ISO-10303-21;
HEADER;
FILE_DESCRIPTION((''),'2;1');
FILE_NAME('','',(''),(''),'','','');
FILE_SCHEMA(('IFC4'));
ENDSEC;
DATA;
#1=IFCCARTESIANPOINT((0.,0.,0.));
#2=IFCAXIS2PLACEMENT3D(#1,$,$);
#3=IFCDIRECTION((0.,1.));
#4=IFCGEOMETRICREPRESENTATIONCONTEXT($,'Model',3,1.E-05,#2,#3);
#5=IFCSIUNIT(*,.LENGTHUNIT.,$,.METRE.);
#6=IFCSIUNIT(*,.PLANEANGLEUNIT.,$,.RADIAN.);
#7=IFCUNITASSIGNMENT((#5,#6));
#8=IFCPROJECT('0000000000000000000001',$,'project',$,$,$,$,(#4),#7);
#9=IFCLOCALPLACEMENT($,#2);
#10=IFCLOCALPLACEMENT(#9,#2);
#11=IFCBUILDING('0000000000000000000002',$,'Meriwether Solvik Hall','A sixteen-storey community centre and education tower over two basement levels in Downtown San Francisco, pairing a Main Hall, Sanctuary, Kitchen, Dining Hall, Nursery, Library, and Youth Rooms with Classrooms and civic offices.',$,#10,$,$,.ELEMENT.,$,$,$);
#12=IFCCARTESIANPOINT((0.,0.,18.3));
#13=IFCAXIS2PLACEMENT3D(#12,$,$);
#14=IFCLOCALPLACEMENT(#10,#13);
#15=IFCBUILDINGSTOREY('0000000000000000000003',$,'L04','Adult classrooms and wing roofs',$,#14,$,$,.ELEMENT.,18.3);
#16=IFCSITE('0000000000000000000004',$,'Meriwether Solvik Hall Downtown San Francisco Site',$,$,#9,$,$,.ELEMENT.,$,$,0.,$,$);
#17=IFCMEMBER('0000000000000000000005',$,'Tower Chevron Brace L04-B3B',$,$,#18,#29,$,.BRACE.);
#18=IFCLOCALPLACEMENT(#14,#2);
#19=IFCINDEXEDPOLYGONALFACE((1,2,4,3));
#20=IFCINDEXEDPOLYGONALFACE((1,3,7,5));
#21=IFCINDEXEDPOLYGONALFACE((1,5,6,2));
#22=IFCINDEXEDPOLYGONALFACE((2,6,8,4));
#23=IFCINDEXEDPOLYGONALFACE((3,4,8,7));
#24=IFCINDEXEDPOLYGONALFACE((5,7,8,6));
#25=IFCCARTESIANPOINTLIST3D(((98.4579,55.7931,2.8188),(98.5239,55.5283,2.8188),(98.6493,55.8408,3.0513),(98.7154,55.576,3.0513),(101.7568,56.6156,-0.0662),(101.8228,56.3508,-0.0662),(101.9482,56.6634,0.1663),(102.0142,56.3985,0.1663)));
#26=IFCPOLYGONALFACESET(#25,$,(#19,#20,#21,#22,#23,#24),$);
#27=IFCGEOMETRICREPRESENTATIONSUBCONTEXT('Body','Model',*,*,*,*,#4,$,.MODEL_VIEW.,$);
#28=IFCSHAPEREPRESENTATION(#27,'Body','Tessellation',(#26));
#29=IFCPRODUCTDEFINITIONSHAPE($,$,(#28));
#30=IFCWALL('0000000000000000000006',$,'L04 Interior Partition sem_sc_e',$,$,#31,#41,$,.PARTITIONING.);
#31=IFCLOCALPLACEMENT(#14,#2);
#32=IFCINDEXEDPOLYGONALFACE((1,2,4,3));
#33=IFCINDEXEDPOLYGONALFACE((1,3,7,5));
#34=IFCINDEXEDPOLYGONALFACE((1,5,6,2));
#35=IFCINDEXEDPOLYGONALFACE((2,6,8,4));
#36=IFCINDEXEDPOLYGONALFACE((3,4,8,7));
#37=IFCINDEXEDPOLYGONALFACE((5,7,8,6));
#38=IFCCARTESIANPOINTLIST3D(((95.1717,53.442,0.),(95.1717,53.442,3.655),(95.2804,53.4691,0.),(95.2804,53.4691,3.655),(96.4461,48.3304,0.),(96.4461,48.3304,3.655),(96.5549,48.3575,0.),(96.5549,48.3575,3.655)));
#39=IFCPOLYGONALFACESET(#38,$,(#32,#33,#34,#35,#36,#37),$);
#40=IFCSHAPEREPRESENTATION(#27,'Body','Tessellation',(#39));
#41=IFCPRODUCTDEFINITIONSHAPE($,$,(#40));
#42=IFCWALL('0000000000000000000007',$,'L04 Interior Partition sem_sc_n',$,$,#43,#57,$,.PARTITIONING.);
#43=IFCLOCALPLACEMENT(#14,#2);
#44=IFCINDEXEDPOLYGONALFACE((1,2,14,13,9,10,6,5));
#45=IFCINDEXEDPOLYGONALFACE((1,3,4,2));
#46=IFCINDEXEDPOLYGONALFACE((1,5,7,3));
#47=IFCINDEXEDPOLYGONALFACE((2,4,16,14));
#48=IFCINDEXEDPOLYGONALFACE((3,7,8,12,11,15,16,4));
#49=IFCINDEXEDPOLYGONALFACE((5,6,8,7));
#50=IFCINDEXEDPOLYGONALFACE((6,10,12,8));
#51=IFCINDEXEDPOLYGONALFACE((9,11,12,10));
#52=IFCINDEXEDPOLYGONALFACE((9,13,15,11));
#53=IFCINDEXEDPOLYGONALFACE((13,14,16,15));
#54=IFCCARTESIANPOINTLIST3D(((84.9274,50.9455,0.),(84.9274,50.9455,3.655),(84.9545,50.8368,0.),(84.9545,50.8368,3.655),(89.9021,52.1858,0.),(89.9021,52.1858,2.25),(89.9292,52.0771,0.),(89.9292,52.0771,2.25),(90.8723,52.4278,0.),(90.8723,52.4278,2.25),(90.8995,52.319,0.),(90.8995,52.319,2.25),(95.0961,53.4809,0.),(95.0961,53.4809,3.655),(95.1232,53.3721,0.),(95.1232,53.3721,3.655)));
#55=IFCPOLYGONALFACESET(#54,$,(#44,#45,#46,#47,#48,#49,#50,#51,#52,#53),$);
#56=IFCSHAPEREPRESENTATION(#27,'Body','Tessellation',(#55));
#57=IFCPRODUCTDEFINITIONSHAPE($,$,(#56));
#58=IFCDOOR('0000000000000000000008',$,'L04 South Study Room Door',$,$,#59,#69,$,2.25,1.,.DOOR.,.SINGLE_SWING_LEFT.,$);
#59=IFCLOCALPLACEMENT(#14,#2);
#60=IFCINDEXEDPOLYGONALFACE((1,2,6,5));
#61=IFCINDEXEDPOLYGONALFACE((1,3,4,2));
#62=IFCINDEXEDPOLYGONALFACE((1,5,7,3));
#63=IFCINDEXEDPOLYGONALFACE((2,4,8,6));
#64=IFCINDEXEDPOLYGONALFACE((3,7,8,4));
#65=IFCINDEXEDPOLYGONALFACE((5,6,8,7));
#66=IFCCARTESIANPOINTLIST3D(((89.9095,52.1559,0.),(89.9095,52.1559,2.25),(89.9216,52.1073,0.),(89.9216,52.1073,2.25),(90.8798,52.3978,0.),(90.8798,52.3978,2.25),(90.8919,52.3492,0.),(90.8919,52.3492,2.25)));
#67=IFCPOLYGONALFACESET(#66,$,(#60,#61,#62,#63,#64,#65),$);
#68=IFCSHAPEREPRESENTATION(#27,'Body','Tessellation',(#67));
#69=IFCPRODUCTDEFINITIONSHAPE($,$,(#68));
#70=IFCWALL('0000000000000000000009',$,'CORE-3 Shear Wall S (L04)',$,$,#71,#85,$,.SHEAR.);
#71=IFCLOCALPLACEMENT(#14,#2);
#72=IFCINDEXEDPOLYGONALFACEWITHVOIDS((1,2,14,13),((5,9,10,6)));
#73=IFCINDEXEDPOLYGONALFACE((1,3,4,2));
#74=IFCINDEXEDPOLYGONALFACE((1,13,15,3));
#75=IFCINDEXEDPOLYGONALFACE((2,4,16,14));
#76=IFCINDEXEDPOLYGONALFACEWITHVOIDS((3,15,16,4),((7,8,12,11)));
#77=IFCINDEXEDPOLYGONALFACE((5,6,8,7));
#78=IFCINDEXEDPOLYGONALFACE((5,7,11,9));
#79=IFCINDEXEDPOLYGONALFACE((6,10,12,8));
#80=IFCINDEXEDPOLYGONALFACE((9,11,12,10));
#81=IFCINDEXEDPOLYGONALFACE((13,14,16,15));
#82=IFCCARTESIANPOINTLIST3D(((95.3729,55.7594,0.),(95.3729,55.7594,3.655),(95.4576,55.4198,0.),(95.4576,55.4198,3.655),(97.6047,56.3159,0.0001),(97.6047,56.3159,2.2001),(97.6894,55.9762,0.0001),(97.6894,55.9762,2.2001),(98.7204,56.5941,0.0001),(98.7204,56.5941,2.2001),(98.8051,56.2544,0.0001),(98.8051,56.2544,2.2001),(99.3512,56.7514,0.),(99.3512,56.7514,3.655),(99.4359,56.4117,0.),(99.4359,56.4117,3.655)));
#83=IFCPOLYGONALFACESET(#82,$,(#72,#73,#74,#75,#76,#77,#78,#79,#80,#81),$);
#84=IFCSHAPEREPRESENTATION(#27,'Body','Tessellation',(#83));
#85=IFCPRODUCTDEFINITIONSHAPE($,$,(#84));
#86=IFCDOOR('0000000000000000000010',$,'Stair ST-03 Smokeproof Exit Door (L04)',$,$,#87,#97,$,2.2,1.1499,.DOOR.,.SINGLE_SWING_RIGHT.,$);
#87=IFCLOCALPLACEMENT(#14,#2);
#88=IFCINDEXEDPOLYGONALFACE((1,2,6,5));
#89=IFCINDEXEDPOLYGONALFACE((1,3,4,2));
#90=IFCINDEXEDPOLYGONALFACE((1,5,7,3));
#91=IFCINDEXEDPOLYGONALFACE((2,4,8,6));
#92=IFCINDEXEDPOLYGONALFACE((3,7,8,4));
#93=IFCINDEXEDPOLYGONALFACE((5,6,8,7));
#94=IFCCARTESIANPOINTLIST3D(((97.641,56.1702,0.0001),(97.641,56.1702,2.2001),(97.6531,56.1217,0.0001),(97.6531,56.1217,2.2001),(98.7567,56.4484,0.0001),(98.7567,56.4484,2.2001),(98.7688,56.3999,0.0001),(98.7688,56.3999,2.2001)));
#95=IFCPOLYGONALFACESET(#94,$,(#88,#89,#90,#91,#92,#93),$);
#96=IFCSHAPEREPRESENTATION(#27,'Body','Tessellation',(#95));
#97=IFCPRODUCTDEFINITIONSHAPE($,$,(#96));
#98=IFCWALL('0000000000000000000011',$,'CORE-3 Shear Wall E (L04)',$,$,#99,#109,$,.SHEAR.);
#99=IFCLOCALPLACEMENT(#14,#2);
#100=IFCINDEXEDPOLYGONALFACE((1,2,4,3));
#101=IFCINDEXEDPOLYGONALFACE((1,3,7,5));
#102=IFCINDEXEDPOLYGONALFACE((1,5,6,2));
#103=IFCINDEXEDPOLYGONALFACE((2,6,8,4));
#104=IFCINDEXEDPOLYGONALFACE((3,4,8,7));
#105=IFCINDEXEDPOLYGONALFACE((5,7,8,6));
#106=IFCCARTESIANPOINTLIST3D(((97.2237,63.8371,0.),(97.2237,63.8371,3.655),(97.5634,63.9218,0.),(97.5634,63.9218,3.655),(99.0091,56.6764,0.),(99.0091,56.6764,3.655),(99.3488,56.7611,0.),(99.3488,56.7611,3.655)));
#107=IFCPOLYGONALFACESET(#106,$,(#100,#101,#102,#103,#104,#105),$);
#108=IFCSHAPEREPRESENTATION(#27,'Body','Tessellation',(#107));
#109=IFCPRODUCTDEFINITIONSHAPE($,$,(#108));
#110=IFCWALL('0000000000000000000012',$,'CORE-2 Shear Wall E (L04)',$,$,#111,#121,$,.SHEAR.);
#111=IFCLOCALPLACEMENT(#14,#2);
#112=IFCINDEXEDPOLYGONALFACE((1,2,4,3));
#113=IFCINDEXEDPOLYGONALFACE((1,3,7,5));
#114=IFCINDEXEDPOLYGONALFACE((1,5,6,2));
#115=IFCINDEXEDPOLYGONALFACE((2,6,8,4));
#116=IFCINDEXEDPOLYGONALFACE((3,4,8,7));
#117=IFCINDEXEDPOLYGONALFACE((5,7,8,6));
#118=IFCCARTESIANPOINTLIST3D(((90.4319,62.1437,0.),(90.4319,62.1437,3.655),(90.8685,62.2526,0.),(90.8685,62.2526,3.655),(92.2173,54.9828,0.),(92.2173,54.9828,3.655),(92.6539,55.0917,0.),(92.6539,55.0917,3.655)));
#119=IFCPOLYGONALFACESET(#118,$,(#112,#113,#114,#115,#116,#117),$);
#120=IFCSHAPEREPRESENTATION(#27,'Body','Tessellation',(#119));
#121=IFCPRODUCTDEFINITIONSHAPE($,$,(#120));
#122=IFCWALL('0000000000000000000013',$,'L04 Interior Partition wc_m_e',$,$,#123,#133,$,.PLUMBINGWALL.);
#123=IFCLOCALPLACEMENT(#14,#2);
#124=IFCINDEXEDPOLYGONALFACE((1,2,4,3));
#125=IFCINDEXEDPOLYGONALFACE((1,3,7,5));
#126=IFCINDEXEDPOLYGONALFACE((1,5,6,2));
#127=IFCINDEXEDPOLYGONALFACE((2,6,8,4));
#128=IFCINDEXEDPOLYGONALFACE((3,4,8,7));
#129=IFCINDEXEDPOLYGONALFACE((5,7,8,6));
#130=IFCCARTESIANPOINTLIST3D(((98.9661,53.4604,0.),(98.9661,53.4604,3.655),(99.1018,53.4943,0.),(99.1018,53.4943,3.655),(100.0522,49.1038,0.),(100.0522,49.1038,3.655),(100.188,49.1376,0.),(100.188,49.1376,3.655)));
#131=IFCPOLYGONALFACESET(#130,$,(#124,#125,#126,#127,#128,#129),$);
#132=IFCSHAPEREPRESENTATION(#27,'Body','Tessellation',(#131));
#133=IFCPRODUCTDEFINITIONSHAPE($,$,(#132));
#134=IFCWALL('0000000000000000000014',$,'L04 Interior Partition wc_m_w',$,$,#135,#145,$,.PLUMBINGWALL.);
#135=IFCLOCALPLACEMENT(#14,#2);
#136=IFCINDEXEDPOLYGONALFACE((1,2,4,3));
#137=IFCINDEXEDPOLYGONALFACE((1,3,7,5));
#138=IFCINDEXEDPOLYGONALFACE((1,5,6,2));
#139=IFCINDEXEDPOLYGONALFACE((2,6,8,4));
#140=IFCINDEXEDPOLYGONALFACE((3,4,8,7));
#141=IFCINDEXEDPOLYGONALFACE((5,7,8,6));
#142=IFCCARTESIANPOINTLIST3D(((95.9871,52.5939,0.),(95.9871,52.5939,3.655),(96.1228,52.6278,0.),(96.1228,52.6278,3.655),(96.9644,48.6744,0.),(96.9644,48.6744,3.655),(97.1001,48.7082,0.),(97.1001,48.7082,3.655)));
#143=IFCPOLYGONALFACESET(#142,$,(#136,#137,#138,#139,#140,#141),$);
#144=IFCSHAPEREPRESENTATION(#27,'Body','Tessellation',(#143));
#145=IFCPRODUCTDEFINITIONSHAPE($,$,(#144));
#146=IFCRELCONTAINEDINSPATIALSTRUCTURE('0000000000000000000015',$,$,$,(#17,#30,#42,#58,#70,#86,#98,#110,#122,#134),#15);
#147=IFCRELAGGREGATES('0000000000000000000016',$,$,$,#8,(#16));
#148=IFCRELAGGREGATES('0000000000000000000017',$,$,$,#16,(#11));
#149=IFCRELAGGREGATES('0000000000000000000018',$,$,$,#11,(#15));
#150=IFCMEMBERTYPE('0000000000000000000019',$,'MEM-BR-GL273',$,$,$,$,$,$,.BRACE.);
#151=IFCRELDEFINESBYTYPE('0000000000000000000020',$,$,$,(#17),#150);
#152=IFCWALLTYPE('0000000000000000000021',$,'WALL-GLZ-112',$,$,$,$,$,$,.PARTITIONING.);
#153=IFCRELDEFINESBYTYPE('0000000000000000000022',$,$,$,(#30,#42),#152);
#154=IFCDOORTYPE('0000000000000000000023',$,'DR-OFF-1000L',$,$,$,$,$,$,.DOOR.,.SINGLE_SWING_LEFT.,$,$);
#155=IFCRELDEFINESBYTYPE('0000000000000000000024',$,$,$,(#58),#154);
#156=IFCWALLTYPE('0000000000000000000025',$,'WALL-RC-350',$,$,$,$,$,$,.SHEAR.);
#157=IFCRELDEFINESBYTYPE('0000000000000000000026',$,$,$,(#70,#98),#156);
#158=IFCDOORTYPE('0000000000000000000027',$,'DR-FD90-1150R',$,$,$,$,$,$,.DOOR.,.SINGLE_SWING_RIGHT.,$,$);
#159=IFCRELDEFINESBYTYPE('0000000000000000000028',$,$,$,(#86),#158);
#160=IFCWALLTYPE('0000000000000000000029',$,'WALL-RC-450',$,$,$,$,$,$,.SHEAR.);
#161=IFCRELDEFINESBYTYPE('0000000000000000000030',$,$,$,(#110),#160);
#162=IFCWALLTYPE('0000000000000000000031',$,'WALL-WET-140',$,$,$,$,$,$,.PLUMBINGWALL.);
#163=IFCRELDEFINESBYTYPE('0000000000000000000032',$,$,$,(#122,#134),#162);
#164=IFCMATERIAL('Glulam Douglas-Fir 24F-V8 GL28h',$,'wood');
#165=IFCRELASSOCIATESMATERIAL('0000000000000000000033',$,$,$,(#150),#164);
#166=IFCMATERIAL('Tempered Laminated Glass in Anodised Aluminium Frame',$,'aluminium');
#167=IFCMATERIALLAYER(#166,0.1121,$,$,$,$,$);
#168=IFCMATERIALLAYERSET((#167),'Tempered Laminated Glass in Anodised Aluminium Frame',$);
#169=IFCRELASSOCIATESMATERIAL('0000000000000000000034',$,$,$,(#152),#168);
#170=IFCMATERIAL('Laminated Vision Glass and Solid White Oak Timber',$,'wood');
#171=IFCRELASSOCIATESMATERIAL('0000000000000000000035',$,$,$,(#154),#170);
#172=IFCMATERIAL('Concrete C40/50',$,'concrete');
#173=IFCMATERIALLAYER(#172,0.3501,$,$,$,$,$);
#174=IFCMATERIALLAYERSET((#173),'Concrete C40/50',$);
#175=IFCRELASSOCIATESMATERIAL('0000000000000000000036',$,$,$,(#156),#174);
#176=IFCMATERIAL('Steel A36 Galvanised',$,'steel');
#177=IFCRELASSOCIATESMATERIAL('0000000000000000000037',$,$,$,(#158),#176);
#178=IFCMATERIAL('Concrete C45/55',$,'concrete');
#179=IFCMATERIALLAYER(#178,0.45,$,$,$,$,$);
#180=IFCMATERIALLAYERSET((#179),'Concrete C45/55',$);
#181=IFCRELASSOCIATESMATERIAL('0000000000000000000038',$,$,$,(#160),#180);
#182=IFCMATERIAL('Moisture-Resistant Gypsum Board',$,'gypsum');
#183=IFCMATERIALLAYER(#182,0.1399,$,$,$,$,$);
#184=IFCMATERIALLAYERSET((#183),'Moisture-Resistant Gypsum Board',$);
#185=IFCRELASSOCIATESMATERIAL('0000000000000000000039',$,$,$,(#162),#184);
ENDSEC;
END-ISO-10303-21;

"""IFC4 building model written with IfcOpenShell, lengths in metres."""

from ifc_helpers import new_model, si_unit, direction, frame, frame_2d, origin, origin_2d, place, context, subcontext, project, spatial, rectangle, extrude, material, layer, layer_set, material_profile, profile_set, type_object, element, fill, save


model = new_model("IFC4")

# Units and contexts
model_context = context("Model", 3, precision=1e-05, world=origin(), true_north=direction((0.0, 1.0)))
body_context = subcontext(model_context, "Body", "Model", "MODEL_VIEW")
ifc_project = project(units=[si_unit("LENGTHUNIT", "METRE"), si_unit("PLANEANGLEUNIT", "RADIAN")], contexts=[model_context])

# Site, building, storey
site_placement = place(None, origin())
site = spatial("IfcSite", under=ifc_project, at=site_placement, Name="Meriwether Solvik Hall Downtown San Francisco Site", CompositionType="ELEMENT", RefElevation=0.0)
building_placement = place(site_placement, origin())
building = spatial("IfcBuilding", under=site, at=building_placement, Name="Meriwether Solvik Hall", Description="A sixteen-storey community centre and education tower over two basement levels in Downtown San Francisco, pairing a Main Hall, Sanctuary, Kitchen, Dining Hall, Nursery, Library, and Youth Rooms with Classrooms and civic offices.", CompositionType="ELEMENT")
storey_placement = place(building_placement, frame((0.0, 0.0, 18.3)))
storey = spatial("IfcBuildingStorey", under=building, at=storey_placement, Name="L04", Description="Adult classrooms and wing roofs", CompositionType="ELEMENT", Elevation=18.3)

# Member
ifc_material_1 = material(Name="Glulam Douglas-Fir 24F-V8 GL28h", Category="wood")
ifc_material_profile_1 = material_profile(ifc_material_1, rectangle(XDim=0.2729, YDim=0.3049, at=origin_2d()), Name="GLM-273X305")
ifc_profile_set_1 = profile_set([ifc_material_profile_1], Name="Glulam Douglas-Fir 24F-V8 GL28h")
member_type = type_object("IfcMemberType", Name="MEM-BR-GL273", PredefinedType="BRACE", material=ifc_profile_set_1)
member_1_placement = place(storey_placement, frame((101.8855, 56.5071, 0.05), z_axis=(-0.739825, -0.184463, 0.647018), x_axis=(0.241927, -0.970294, 0.0)))
element("IfcMember", 1, at=member_1_placement, inside=storey, type_object=member_type, Name="Tower Chevron Brace L04-B3B", PredefinedType="BRACE", context=body_context, shape_type="SweptSolid", body=[
    extrude(rectangle(XDim=0.2729, YDim=0.3049, at=origin_2d()), origin(), (0.0, 0.0, 1.0), 4.459),
])

# Wall
ifc_material_2 = material(Name="Tempered Laminated Glass in Anodised Aluminium Frame", Category="aluminium")
ifc_layer_1 = layer(ifc_material_2, 0.1121)
ifc_layer_set_1 = layer_set([ifc_layer_1], Name="Tempered Laminated Glass in Anodised Aluminium Frame")
wall_type_1 = type_object("IfcWallType", Name="WALL-GLZ-112", PredefinedType="PARTITIONING", material=ifc_layer_set_1)
wall_1_placement = place(storey_placement, frame((96.5005, 48.344, 0.0), z_axis=(0.0, 0.0, 1.0), x_axis=(-0.241914, 0.970298, 0.0)))
element("IfcWall", 2, at=wall_1_placement, inside=storey, type_object=wall_type_1, Name="L04 Interior Partition sem_sc_e", PredefinedType="PARTITIONING", context=body_context, shape_type="SweptSolid", body=[
    extrude(rectangle(XDim=5.2681, YDim=0.1121, at=frame_2d((2.634, 0.0))), origin(), (0.0, 0.0, 1.0), 3.655),
])

# Walls, openings, doors
wall_2_placement = place(storey_placement, frame((95.1096, 53.4265, 0.0), z_axis=(0.0, 0.0, 1.0), x_axis=(-0.970294, -0.241927, 0.0)))
wall_2 = element("IfcWall", 3, at=wall_2_placement, inside=storey, type_object=wall_type_1, Name="L04 Interior Partition sem_sc_n", PredefinedType="PARTITIONING", context=body_context, shape_type="SweptSolid", body=[
    extrude(rectangle(XDim=10.48, YDim=0.1121, at=frame_2d((5.24, 0.0))), origin(), (0.0, 0.0, 1.0), 3.655),
])
opening_1_placement = place(wall_2_placement, frame((4.353, 0.0, 0.0)))
opening_1 = element("IfcOpeningElement", 4, at=opening_1_placement, cuts=wall_2, PredefinedType="OPENING", context=body_context, shape_type="SweptSolid", body=[
    extrude(rectangle(XDim=1.0, YDim=2.25, at=frame_2d((0.5, 1.125))), frame((0.0, 0.0679, 0.0), z_axis=(0.0, -1.0, 0.0), x_axis=(1.0, 0.0, 0.0)), (0.0, 0.0, 1.0), 0.136),
])
ifc_material_3 = material(Name="Laminated Vision Glass and Solid White Oak Timber", Category="wood")
door_type_1 = type_object("IfcDoorType", Name="DR-OFF-1000L", OperationType="SINGLE_SWING_LEFT", PredefinedType="DOOR", material=ifc_material_3)
door_1_placement = place(opening_1_placement, origin())
door_1 = element("IfcDoor", 5, at=door_1_placement, inside=storey, type_object=door_type_1, Name="L04 South Study Room Door", OperationType="SINGLE_SWING_LEFT", OverallHeight=2.25, OverallWidth=1.0, PredefinedType="DOOR", context=body_context, shape_type="SweptSolid", body=[
    extrude(rectangle(XDim=1.0, YDim=2.25, at=frame_2d((0.5, 1.125))), frame((0.0, 0.0249, 0.0), z_axis=(0.0, -1.0, 0.0), x_axis=(1.0, 0.0, 0.0)), (0.0, 0.0, 1.0), 0.05),
])
fill(opening_1, door_1)
ifc_material_4 = material(Name="Concrete C40/50", Category="concrete")
ifc_layer_2 = layer(ifc_material_4, 0.3501)
ifc_layer_set_2 = layer_set([ifc_layer_2], Name="Concrete C40/50")
wall_type_2 = type_object("IfcWallType", Name="WALL-RC-350", PredefinedType="SHEAR", material=ifc_layer_set_2)
wall_3_placement = place(storey_placement, frame((95.4153, 55.5896, 0.0), z_axis=(0.0, 0.0, 1.0), x_axis=(0.970293, 0.241933, 0.0)))
wall_3 = element("IfcWall", 6, at=wall_3_placement, inside=storey, type_object=wall_type_2, Name="CORE-3 Shear Wall S (L04)", PredefinedType="SHEAR", context=body_context, shape_type="SweptSolid", body=[
    extrude(rectangle(XDim=4.1001, YDim=0.3501, at=frame_2d((2.05, 0.0))), origin(), (0.0, 0.0, 1.0), 3.655),
])
opening_2_placement = place(wall_3_placement, frame((2.3, 0.0, 0.0)))
opening_2 = element("IfcOpeningElement", 7, at=opening_2_placement, cuts=wall_3, PredefinedType="OPENING", context=body_context, shape_type="SweptSolid", body=[
    extrude(rectangle(XDim=1.1499, YDim=2.2, at=frame_2d((0.575, 1.1001))), frame((0.0, 0.187, 0.0), z_axis=(0.0, -1.0, 0.0), x_axis=(1.0, 0.0, 0.0)), (0.0, 0.0, 1.0), 0.374),
])
ifc_material_5 = material(Name="Steel A36 Galvanised", Category="steel")
door_type_2 = type_object("IfcDoorType", Name="DR-FD90-1150R", OperationType="SINGLE_SWING_RIGHT", PredefinedType="DOOR", material=ifc_material_5)
door_2_placement = place(opening_2_placement, origin())
door_2 = element("IfcDoor", 8, at=door_2_placement, inside=storey, type_object=door_type_2, Name="Stair ST-03 Smokeproof Exit Door (L04)", OperationType="SINGLE_SWING_RIGHT", OverallHeight=2.2, OverallWidth=1.1499, PredefinedType="DOOR", context=body_context, shape_type="SweptSolid", body=[
    extrude(rectangle(XDim=1.1499, YDim=2.2, at=frame_2d((0.575, 1.1001))), frame((0.0, 0.0249, 0.0), z_axis=(0.0, -1.0, 0.0), x_axis=(1.0, 0.0, 0.0)), (0.0, 0.0, 1.0), 0.05),
])
fill(opening_2, door_2)

# Walls
wall_4_placement = place(storey_placement, frame((99.179, 56.7188, 0.0), z_axis=(0.0, 0.0, 1.0), x_axis=(-0.241928, 0.970294, 0.0)))
element("IfcWall", 9, at=wall_4_placement, inside=storey, type_object=wall_type_2, Name="CORE-3 Shear Wall E (L04)", PredefinedType="SHEAR", context=body_context, shape_type="SweptSolid", body=[
    extrude(rectangle(XDim=7.3799, YDim=0.3501, at=frame_2d((3.6899, 0.0))), origin(), (0.0, 0.0, 1.0), 3.655),
])
ifc_material_6 = material(Name="Concrete C45/55", Category="concrete")
ifc_layer_3 = layer(ifc_material_6, 0.45)
ifc_layer_set_3 = layer_set([ifc_layer_3], Name="Concrete C45/55")
wall_type_3 = type_object("IfcWallType", Name="WALL-RC-450", PredefinedType="SHEAR", material=ifc_layer_set_3)
wall_5_placement = place(storey_placement, frame((92.4355, 55.0374, 0.0), z_axis=(0.0, 0.0, 1.0), x_axis=(-0.241921, 0.970296, 0.0)))
element("IfcWall", 10, at=wall_5_placement, inside=storey, type_object=wall_type_3, Name="CORE-2 Shear Wall E (L04)", PredefinedType="SHEAR", context=body_context, shape_type="SweptSolid", body=[
    extrude(rectangle(XDim=7.3801, YDim=0.45, at=frame_2d((3.6899, 0.0))), origin(), (0.0, 0.0, 1.0), 3.655),
])
ifc_material_7 = material(Name="Moisture-Resistant Gypsum Board", Category="gypsum")
ifc_layer_4 = layer(ifc_material_7, 0.1399)
ifc_layer_set_4 = layer_set([ifc_layer_4], Name="Moisture-Resistant Gypsum Board")
wall_type_4 = type_object("IfcWallType", Name="WALL-WET-140", PredefinedType="PLUMBINGWALL", material=ifc_layer_set_4)
wall_6_placement = place(storey_placement, frame((100.1201, 49.1206, 0.0), z_axis=(0.0, 0.0, 1.0), x_axis=(-0.241909, 0.970299, 0.0)))
element("IfcWall", 11, at=wall_6_placement, inside=storey, type_object=wall_type_4, Name="L04 Interior Partition wc_m_e", PredefinedType="PLUMBINGWALL", context=body_context, shape_type="SweptSolid", body=[
    extrude(rectangle(XDim=4.49, YDim=0.1399, at=frame_2d((2.2451, 0.0))), origin(), (0.0, 0.0, 1.0), 3.655),
])

# Wall
wall_7_placement = place(storey_placement, frame((96.0549, 52.6108, 0.0), z_axis=(0.0, 0.0, 1.0), x_axis=(0.241938, -0.970292, 0.0)))
element("IfcWall", 12, at=wall_7_placement, inside=storey, type_object=wall_type_4, Name="L04 Interior Partition wc_m_w", PredefinedType="PLUMBINGWALL", context=body_context, shape_type="SweptSolid", body=[
    extrude(rectangle(XDim=4.0396, YDim=0.1399, at=frame_2d((2.0198, 0.0))), origin(), (0.0, 0.0, 1.0), 3.655),
])

save(model, "model.ifc")
